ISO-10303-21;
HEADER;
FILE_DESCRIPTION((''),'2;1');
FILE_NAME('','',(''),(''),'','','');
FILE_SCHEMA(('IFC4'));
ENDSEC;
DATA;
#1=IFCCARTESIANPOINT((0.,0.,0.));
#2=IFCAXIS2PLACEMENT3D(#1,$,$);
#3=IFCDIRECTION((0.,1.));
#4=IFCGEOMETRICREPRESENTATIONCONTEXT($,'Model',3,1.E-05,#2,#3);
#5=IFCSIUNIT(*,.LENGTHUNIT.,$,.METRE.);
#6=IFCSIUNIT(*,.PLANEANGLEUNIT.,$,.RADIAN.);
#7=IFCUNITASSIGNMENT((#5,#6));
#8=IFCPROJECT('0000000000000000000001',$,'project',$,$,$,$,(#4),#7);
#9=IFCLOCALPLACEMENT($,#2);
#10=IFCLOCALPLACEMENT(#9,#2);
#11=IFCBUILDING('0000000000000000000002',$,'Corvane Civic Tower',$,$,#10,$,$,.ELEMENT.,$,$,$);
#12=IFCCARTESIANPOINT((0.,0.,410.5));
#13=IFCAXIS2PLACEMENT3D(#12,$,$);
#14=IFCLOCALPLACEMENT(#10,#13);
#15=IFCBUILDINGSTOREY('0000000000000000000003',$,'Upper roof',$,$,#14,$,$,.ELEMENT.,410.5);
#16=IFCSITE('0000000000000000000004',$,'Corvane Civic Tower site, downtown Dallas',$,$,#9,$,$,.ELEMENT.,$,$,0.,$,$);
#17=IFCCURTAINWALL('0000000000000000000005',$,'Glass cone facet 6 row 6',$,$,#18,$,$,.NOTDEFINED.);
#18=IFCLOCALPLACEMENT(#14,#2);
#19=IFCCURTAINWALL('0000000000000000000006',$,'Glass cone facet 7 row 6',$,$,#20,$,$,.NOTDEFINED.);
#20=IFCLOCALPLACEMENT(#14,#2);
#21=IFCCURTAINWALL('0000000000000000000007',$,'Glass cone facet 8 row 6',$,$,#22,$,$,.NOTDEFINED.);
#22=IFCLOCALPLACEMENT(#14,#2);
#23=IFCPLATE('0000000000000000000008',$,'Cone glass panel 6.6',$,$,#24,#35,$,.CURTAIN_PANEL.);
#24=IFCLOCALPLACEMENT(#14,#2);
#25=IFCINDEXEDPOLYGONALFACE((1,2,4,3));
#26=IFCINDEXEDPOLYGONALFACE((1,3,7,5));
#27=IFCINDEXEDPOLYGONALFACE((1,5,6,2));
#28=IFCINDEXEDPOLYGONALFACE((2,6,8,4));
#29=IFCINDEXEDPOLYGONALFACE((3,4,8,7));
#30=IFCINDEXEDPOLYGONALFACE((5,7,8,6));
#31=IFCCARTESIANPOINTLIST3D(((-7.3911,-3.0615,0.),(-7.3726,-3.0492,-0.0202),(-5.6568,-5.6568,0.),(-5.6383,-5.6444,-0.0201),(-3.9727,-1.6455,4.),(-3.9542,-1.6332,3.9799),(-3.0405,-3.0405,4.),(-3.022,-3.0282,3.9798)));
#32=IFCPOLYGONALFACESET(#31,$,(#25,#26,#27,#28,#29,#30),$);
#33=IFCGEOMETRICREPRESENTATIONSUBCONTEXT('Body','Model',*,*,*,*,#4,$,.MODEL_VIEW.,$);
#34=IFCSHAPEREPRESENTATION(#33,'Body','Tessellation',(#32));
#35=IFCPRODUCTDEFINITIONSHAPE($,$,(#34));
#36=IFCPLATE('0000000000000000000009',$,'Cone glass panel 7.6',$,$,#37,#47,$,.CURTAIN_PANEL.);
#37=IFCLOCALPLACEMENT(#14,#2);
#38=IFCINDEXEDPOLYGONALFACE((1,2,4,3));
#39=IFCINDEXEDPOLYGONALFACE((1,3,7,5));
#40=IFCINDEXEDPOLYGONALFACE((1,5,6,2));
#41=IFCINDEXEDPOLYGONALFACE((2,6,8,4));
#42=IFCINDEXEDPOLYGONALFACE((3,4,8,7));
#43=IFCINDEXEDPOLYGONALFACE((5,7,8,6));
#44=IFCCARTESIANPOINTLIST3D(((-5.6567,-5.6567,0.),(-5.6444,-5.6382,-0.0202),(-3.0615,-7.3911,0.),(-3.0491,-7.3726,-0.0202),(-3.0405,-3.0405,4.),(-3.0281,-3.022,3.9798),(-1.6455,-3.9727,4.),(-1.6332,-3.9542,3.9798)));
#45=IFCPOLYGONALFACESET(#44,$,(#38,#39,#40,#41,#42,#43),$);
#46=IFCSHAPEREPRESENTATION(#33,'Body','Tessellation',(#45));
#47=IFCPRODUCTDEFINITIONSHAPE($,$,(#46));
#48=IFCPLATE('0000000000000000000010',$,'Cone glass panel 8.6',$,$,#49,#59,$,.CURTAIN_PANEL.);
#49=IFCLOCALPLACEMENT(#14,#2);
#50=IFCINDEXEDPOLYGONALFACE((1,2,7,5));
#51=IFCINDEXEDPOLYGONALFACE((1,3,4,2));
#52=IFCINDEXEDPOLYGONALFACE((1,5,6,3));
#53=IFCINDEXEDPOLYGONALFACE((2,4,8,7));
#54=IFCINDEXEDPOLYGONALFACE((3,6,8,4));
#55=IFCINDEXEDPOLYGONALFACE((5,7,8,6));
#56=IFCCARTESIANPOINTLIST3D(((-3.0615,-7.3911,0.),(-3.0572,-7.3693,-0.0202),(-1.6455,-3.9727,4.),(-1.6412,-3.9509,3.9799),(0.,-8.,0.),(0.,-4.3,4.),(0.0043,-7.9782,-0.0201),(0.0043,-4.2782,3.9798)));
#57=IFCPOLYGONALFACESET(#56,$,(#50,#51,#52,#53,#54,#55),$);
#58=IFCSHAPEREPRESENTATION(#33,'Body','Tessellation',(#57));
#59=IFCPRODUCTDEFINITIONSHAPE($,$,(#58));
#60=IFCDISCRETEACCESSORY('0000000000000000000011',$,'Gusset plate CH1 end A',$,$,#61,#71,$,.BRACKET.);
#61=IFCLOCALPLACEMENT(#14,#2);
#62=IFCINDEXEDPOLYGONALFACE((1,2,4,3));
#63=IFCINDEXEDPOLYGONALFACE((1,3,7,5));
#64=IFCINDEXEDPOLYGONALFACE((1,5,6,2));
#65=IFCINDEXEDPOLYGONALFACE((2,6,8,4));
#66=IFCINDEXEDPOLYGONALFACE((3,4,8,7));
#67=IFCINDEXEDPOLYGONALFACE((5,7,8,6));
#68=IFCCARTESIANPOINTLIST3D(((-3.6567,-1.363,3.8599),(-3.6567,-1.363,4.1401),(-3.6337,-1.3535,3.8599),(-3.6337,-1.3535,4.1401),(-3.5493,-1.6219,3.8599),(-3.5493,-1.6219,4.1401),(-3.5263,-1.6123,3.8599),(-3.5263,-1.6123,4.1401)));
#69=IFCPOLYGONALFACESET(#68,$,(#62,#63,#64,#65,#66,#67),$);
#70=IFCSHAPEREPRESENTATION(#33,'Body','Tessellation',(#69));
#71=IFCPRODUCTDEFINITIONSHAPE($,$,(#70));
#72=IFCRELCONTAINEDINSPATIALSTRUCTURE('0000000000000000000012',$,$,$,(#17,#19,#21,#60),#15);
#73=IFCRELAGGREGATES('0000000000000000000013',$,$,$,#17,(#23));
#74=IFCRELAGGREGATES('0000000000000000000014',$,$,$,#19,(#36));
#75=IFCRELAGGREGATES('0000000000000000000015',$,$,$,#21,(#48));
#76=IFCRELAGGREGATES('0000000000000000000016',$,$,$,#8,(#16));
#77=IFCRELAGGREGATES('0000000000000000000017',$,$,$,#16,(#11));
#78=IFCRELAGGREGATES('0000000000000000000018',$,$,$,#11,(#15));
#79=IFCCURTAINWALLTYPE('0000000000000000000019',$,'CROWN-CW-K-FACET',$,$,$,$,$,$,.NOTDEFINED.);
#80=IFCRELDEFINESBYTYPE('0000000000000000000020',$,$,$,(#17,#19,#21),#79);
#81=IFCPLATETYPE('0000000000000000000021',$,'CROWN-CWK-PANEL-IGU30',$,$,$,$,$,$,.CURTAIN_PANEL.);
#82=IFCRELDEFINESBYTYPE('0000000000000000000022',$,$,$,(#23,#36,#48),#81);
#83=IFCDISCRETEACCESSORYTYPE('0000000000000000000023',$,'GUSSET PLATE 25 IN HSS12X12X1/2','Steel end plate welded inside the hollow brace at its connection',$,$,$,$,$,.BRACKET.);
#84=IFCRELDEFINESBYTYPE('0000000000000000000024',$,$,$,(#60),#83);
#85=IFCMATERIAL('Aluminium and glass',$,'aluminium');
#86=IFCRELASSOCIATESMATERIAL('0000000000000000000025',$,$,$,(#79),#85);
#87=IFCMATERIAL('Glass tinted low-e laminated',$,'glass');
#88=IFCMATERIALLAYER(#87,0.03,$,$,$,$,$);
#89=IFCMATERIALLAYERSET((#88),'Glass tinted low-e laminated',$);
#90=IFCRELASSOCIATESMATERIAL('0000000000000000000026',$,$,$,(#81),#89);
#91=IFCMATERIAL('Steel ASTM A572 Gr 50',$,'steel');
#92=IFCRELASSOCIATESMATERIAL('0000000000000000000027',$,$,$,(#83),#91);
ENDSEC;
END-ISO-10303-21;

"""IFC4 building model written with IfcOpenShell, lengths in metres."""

from ifc_helpers import new_model, si_unit, direction, frame, origin, origin_2d, place, context, subcontext, project, spatial, polyline, rectangle, outline, extrude, material, layer, layer_set, material_profile, profile_set, type_object, element, aggregate, save


model = new_model("IFC4")

# Units and contexts
model_context = context("Model", 3, precision=1e-05, world=origin(), true_north=direction((0.0, 1.0)))
body_context = subcontext(model_context, "Body", "Model", "MODEL_VIEW")
ifc_project = project(units=[si_unit("LENGTHUNIT", "METRE"), si_unit("PLANEANGLEUNIT", "RADIAN")], contexts=[model_context])

# Site, building, storey
site_placement = place(None, origin())
site = spatial("IfcSite", under=ifc_project, at=site_placement, Name="Corvane Civic Tower site, downtown Dallas", CompositionType="ELEMENT", RefElevation=0.0)
building_placement = place(site_placement, origin())
building = spatial("IfcBuilding", under=site, at=building_placement, Name="Corvane Civic Tower", CompositionType="ELEMENT")
storey_placement = place(building_placement, frame((0.0, 0.0, 410.5)))
storey = spatial("IfcBuildingStorey", under=building, at=storey_placement, Name="Upper roof", CompositionType="ELEMENT", Elevation=410.5)

# Shared definitions
ifc_material_1 = material(Name="Aluminium and glass", Category="aluminium")
curtain_wall_type = type_object("IfcCurtainWallType", Name="CROWN-CW-K-FACET", PredefinedType="NOTDEFINED", material=ifc_material_1)

# Curtain walls
curtain_wall_1_placement = place(storey_placement, origin())
curtain_wall_1 = element("IfcCurtainWall", 1, at=curtain_wall_1_placement, inside=storey, type_object=curtain_wall_type, Name="Glass cone facet 6 row 6", PredefinedType="NOTDEFINED")
curtain_wall_2_placement = place(storey_placement, origin())
curtain_wall_2 = element("IfcCurtainWall", 2, at=curtain_wall_2_placement, inside=storey, type_object=curtain_wall_type, Name="Glass cone facet 7 row 6", PredefinedType="NOTDEFINED")

# Curtain wall
curtain_wall_3_placement = place(storey_placement, origin())
curtain_wall_3 = element("IfcCurtainWall", 3, at=curtain_wall_3_placement, inside=storey, type_object=curtain_wall_type, Name="Glass cone facet 8 row 6", PredefinedType="NOTDEFINED")

# Plates
ifc_material_2 = material(Name="Glass tinted low-e laminated", Category="glass")
ifc_layer_1 = layer(ifc_material_2, 0.03)
ifc_layer_set_1 = layer_set([ifc_layer_1], Name="Glass tinted low-e laminated")
plate_type_1 = type_object("IfcPlateType", Name="CROWN-CWK-PANEL-IGU30", PredefinedType="CURTAIN_PANEL", material=ifc_layer_set_1)
plate_1_placement = place(storey_placement, frame((-7.3911, -3.0615, 0.0), z_axis=(-0.615786, -0.411503, 0.671917), x_axis=(0.555626, -0.831432, 0.000014)))
plate_1 = element("IfcPlate", 4, at=plate_1_placement, type_object=plate_type_1, Name="Cone glass panel 6.6", PredefinedType="CURTAIN_PANEL", context=body_context, shape_type="SweptSolid", body=[
    extrude(outline(polyline([(0.0, 0.0), (3.1214, 0.0), (2.3999, 5.4008), (0.7221, 5.4009), (0.0, 0.0)])), origin(), (0.0, 0.0, -1.0), 0.03),
])
aggregate(curtain_wall_1, [plate_1])
plate_2_placement = place(storey_placement, frame((-5.6567, -5.6567, 0.0), z_axis=(-0.411503, -0.615786, 0.671917), x_axis=(0.831432, -0.555626, -0.000014)))
plate_2 = element("IfcPlate", 5, at=plate_2_placement, type_object=plate_type_1, Name="Cone glass panel 7.6", PredefinedType="CURTAIN_PANEL", context=body_context, shape_type="SweptSolid", body=[
    extrude(outline(polyline([(0.0, 0.0), (3.1214, 0.0), (2.3993, 5.4009), (0.7215, 5.4008), (0.0, 0.0)])), origin(), (0.0, 0.0, -1.0), 0.03),
])
aggregate(curtain_wall_2, [plate_2])
plate_3_placement = place(storey_placement, frame((-3.0615, -7.3911, 0.0), z_axis=(-0.144487, -0.726393, 0.67192), x_axis=(0.980788, -0.195077, 0.000013)))
plate_3 = element("IfcPlate", 6, at=plate_3_placement, type_object=plate_type_1, Name="Cone glass panel 8.6", PredefinedType="CURTAIN_PANEL", context=body_context, shape_type="SweptSolid", body=[
    extrude(outline(polyline([(0.0, 0.0), (3.1215, 0.0), (2.3998, 5.4008), (0.722, 5.4009), (0.0, 0.0)])), origin(), (0.0, 0.0, -1.0), 0.03),
])
aggregate(curtain_wall_3, [plate_3])

# Discrete accessory
ifc_material_3 = material(Name="Steel ASTM A572 Gr 50", Category="steel")
ifc_material_profile_1 = material_profile(ifc_material_3, rectangle(XDim=0.2803, YDim=0.2803, at=origin_2d()), Name="GUSSET PLATE 25 IN HSS12X12X1/2")
ifc_profile_set_1 = profile_set([ifc_material_profile_1], Name="Steel ASTM A572 Gr 50")
discrete_accessory_type = type_object("IfcDiscreteAccessoryType", Name="GUSSET PLATE 25 IN HSS12X12X1/2", Description="Steel end plate welded inside the hollow brace at its connection", PredefinedType="BRACKET", material=ifc_profile_set_1)
discrete_accessory_placement = place(storey_placement, frame((-3.603, -1.4924, 4.0), z_axis=(0.923657, 0.38322, 0.0), x_axis=(-0.38322, 0.923657, 0.0)))
element("IfcDiscreteAccessory", 7, at=discrete_accessory_placement, inside=storey, type_object=discrete_accessory_type, Name="Gusset plate CH1 end A", PredefinedType="BRACKET", context=body_context, shape_type="SweptSolid", body=[
    extrude(rectangle(XDim=0.2803, YDim=0.2803, at=origin_2d()), origin(), (0.0, 0.0, 1.0), 0.0249),
])

save(model, "model.ifc")
